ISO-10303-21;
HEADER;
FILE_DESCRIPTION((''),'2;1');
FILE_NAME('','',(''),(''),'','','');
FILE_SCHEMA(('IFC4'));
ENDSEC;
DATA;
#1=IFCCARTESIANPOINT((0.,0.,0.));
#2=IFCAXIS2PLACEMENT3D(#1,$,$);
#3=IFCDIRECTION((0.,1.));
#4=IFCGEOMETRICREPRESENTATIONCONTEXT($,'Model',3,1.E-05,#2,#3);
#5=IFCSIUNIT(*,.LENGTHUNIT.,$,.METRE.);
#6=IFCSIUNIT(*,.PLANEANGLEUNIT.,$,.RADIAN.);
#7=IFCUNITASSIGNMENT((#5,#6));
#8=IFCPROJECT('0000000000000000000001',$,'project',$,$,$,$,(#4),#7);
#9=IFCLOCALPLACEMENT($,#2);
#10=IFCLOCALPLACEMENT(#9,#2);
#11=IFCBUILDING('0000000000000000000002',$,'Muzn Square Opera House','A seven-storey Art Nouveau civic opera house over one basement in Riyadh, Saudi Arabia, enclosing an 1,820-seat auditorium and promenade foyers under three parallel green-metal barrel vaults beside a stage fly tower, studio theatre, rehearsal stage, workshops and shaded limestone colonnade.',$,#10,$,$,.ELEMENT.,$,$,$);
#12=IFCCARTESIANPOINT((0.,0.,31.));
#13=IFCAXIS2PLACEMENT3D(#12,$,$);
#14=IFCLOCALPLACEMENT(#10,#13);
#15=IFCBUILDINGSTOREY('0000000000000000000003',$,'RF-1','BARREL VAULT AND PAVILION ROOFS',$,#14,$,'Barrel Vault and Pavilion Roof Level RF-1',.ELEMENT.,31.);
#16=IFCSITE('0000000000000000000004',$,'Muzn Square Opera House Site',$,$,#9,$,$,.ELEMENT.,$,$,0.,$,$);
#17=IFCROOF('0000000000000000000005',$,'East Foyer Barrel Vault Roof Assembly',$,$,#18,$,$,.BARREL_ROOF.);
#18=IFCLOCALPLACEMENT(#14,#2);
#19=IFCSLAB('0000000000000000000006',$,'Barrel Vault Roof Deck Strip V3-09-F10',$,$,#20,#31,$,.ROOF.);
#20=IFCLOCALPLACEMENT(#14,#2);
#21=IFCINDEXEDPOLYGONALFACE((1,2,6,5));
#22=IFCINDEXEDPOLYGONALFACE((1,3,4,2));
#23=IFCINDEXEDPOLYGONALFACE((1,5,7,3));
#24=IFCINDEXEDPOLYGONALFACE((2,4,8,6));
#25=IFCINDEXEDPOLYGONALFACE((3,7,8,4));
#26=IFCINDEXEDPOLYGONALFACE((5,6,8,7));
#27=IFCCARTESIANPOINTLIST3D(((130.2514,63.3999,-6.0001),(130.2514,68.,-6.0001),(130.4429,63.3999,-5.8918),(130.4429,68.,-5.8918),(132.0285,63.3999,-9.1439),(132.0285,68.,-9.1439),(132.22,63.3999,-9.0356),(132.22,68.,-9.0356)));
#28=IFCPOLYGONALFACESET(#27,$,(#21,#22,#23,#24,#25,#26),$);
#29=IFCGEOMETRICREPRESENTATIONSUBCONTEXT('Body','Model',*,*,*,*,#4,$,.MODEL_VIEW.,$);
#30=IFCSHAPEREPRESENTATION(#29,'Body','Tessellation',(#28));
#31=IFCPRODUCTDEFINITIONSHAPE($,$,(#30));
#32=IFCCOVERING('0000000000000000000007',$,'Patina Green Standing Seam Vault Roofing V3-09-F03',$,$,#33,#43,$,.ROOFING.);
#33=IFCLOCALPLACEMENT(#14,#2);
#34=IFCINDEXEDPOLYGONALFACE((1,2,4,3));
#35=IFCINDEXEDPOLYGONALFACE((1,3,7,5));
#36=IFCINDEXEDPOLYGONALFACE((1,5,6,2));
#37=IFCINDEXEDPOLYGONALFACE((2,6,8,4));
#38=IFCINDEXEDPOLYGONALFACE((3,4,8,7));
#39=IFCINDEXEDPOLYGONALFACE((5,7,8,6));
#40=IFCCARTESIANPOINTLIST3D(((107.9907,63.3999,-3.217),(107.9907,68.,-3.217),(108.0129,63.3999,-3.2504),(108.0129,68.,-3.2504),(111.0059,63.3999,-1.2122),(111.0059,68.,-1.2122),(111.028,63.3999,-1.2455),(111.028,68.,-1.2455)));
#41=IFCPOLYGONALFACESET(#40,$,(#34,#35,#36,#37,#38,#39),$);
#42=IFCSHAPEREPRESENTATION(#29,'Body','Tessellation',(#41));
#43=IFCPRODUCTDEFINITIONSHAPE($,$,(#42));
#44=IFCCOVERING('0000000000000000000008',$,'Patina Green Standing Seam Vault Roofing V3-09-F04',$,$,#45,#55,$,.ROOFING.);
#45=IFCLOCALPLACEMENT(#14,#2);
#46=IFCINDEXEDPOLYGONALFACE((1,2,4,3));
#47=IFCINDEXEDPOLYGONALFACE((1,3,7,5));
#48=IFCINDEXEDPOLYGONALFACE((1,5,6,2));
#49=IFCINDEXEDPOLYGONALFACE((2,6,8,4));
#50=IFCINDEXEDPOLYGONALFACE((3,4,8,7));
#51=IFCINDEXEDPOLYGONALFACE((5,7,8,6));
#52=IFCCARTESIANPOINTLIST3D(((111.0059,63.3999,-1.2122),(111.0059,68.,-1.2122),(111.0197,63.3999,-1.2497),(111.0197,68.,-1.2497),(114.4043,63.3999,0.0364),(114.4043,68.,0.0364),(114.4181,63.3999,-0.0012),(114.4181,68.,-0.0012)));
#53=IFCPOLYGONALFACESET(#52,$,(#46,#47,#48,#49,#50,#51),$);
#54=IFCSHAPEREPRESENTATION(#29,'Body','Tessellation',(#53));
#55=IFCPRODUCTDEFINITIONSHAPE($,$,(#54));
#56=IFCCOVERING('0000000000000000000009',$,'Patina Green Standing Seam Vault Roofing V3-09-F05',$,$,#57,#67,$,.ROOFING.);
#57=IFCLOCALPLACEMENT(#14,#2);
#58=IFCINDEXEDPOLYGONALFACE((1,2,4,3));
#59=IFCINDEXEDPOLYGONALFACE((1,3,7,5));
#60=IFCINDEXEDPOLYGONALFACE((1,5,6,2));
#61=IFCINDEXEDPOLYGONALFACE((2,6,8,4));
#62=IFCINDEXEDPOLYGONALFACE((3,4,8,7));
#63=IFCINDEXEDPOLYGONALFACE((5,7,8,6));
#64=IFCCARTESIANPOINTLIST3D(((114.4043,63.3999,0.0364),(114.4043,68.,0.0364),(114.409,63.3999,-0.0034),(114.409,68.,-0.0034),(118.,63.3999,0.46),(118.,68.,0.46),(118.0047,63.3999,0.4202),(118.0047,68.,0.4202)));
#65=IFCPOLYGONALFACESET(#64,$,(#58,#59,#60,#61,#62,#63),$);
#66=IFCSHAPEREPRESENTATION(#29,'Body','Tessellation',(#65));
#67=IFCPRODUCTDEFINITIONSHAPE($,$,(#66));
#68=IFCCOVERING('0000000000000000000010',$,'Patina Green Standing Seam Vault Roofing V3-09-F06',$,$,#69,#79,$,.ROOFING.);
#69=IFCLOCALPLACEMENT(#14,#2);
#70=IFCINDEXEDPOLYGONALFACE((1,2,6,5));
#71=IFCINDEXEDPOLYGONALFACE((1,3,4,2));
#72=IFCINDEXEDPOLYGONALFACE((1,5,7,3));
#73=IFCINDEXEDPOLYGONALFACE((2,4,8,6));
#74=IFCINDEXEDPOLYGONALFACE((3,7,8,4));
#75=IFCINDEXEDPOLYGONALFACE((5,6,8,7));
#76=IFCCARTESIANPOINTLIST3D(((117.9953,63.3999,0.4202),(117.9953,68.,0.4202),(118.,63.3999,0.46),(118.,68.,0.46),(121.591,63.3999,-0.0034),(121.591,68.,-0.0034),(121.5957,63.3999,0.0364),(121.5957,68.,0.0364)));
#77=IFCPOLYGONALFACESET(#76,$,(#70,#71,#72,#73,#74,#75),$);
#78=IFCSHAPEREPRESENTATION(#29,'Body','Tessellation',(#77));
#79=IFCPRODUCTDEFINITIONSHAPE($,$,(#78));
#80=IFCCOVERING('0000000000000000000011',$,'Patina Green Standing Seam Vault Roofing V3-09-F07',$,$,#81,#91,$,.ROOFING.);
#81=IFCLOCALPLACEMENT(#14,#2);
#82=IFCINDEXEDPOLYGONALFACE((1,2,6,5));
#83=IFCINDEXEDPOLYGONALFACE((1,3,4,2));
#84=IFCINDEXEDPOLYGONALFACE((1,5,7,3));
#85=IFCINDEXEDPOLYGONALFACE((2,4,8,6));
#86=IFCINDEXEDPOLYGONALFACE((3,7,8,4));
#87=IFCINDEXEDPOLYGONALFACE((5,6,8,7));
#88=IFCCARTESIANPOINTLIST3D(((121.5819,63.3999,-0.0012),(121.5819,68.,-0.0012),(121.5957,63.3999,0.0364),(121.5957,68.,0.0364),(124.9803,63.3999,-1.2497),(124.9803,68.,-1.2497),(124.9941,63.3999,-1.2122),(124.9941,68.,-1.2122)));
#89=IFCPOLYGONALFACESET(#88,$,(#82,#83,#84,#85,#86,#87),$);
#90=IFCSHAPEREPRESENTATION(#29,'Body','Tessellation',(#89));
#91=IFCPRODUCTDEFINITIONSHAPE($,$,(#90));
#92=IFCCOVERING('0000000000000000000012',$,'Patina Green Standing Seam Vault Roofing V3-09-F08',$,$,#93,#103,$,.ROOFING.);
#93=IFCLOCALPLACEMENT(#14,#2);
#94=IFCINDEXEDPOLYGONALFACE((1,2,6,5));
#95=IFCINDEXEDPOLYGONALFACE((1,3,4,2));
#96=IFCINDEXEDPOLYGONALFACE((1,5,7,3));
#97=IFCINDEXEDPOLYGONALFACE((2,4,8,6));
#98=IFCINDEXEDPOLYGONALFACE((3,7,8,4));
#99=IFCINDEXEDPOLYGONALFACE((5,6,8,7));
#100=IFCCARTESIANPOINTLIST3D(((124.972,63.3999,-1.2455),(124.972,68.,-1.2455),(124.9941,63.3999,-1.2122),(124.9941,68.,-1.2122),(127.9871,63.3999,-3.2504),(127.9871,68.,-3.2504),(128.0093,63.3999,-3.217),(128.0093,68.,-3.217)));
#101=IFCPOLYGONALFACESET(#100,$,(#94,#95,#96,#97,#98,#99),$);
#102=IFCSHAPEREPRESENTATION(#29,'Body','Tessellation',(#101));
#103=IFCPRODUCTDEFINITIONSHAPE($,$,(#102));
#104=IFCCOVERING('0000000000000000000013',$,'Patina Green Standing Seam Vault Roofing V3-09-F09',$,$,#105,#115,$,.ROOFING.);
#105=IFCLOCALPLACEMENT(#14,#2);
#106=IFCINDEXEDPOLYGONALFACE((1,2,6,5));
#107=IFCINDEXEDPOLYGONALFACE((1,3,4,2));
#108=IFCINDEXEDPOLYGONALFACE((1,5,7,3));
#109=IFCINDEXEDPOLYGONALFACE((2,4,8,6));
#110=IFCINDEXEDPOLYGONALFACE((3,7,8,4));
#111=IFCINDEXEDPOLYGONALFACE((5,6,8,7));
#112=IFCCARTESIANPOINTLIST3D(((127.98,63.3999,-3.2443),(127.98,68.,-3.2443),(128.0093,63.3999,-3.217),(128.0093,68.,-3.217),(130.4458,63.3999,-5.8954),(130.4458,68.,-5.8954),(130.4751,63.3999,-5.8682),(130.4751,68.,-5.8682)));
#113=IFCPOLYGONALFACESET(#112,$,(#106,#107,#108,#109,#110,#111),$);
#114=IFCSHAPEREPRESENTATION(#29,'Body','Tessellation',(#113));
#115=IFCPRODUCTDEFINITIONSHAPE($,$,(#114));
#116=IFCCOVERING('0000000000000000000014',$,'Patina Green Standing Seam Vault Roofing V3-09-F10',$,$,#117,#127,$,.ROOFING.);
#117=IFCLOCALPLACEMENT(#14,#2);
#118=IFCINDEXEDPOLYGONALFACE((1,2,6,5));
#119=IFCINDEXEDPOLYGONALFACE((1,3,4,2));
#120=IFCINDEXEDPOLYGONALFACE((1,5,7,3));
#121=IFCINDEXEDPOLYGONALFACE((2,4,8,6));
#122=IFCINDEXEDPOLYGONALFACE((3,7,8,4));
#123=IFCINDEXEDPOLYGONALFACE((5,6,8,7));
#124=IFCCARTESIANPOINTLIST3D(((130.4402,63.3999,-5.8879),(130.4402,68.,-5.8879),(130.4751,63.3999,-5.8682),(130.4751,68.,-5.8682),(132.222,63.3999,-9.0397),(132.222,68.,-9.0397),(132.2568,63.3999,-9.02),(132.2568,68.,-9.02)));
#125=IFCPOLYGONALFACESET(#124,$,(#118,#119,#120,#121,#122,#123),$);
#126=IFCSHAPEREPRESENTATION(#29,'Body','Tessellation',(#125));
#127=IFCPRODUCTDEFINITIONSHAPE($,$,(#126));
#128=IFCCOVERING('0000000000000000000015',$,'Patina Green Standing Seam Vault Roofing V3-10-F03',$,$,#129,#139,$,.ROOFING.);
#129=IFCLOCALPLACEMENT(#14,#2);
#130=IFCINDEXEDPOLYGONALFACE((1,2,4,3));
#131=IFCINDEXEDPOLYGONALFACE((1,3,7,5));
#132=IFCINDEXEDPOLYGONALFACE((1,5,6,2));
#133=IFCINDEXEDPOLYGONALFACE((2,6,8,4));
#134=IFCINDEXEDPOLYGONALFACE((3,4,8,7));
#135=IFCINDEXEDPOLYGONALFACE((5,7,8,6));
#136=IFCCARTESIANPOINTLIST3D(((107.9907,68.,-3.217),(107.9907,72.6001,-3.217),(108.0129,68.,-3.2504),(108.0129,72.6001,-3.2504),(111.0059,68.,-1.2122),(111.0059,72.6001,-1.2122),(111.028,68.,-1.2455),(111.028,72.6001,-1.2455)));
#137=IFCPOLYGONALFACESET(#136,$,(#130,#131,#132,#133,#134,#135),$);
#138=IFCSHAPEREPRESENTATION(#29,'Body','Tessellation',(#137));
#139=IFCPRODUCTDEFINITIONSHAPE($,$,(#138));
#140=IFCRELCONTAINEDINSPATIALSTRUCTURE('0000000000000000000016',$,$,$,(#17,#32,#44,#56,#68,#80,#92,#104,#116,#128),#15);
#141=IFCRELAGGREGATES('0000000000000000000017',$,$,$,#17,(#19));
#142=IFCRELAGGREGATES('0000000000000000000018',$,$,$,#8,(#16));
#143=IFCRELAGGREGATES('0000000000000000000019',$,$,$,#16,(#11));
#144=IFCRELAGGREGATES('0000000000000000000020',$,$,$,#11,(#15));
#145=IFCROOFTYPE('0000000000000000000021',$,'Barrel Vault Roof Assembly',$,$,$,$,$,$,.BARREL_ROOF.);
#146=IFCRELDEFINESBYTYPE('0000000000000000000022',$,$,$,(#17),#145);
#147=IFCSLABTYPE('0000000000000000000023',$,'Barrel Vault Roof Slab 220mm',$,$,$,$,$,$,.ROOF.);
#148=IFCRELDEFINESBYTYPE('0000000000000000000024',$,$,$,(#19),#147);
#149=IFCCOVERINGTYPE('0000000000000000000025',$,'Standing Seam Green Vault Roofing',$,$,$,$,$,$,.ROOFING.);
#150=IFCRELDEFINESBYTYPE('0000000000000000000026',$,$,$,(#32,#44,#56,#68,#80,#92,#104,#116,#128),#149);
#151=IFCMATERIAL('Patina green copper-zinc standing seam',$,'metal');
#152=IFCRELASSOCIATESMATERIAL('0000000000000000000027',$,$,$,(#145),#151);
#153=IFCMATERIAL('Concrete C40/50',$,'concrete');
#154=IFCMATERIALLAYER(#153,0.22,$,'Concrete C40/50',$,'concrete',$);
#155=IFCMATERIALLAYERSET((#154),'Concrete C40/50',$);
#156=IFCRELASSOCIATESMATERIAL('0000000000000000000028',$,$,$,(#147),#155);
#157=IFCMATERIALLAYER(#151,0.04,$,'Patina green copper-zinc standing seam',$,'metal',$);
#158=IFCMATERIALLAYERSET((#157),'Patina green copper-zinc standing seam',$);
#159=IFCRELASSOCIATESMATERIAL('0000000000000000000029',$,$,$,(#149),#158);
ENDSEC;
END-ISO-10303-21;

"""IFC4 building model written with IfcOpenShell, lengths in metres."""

from ifc_helpers import new_model, si_unit, direction, frame, origin, place, context, subcontext, project, spatial, polyline, outline, extrude, material, layer, layer_set, type_object, element, aggregate, save


model = new_model("IFC4")

# Units and contexts
model_context = context("Model", 3, precision=1e-05, world=origin(), true_north=direction((0.0, 1.0)))
body_context = subcontext(model_context, "Body", "Model", "MODEL_VIEW")
ifc_project = project(units=[si_unit("LENGTHUNIT", "METRE"), si_unit("PLANEANGLEUNIT", "RADIAN")], contexts=[model_context])

# Site, building, storey
site_placement = place(None, origin())
site = spatial("IfcSite", under=ifc_project, at=site_placement, Name="Muzn Square Opera House Site", CompositionType="ELEMENT", RefElevation=0.0)
building_placement = place(site_placement, origin())
building = spatial("IfcBuilding", under=site, at=building_placement, Name="Muzn Square Opera House", Description="A seven-storey Art Nouveau civic opera house over one basement in Riyadh, Saudi Arabia, enclosing an 1,820-seat auditorium and promenade foyers under three parallel green-metal barrel vaults beside a stage fly tower, studio theatre, rehearsal stage, workshops and shaded limestone colonnade.", CompositionType="ELEMENT")
storey_placement = place(building_placement, frame((0.0, 0.0, 31.0)))
storey = spatial("IfcBuildingStorey", under=building, at=storey_placement, Name="RF-1", Description="BARREL VAULT AND PAVILION ROOFS", LongName="Barrel Vault and Pavilion Roof Level RF-1", CompositionType="ELEMENT", Elevation=31.0)

# Roof, slab
ifc_material_1 = material(Name="Patina green copper-zinc standing seam", Category="metal")
roof_type = type_object("IfcRoofType", Name="Barrel Vault Roof Assembly", PredefinedType="BARREL_ROOF", material=ifc_material_1)
roof_placement = place(storey_placement, origin())
roof = element("IfcRoof", 1, at=roof_placement, inside=storey, type_object=roof_type, Name="East Foyer Barrel Vault Roof Assembly", PredefinedType="BARREL_ROOF")
ifc_material_2 = material(Name="Concrete C40/50", Category="concrete")
ifc_layer_1 = layer(ifc_material_2, 0.22, Name="Concrete C40/50", Category="concrete")
ifc_layer_set_1 = layer_set([ifc_layer_1], Name="Concrete C40/50")
slab_type = type_object("IfcSlabType", Name="Barrel Vault Roof Slab 220mm", PredefinedType="ROOF", material=ifc_layer_set_1)
slab_1_placement = place(storey_placement, frame((130.4429, 63.3999, -5.8918), z_axis=(0.870543, 0.0, 0.492093), x_axis=(0.492093, 0.0, -0.870543)))
slab_1 = element("IfcSlab", 2, at=slab_1_placement, type_object=slab_type, Name="Barrel Vault Roof Deck Strip V3-09-F10", PredefinedType="ROOF", context=body_context, shape_type="SweptSolid", body=[
    extrude(outline(polyline([(0.0, 0.0), (3.6113, 0.0), (3.6113, 4.6001), (0.0, 4.6001), (0.0, 0.0)])), origin(), (0.0, 0.0, -1.0), 0.22),
])
aggregate(roof, [slab_1])

# Coverings
ifc_layer_2 = layer(ifc_material_1, 0.04, Name="Patina green copper-zinc standing seam", Category="metal")
ifc_layer_set_2 = layer_set([ifc_layer_2], Name="Patina green copper-zinc standing seam")
covering_type = type_object("IfcCoveringType", Name="Standing Seam Green Vault Roofing", PredefinedType="ROOFING", material=ifc_layer_set_2)
covering_1_placement = place(storey_placement, frame((111.0059, 63.3999, -1.2122), z_axis=(-0.553704, 0.0, 0.832714), x_axis=(0.0, 1.0, 0.0)))
element("IfcCovering", 3, at=covering_1_placement, inside=storey, type_object=covering_type, Name="Patina Green Standing Seam Vault Roofing V3-09-F03", PredefinedType="ROOFING", context=body_context, shape_type="SweptSolid", body=[
    extrude(outline(polyline([(0.0, 3.6209), (0.0, 0.0), (4.6001, 0.0), (4.6001, 3.6209), (0.0, 3.6209)])), origin(), (0.0, 0.0, -1.0), 0.04),
])
covering_2_placement = place(storey_placement, frame((114.4043, 63.3999, 0.0364), z_axis=(-0.344849, 0.0, 0.938658), x_axis=(0.0, 1.0, 0.0)))
element("IfcCovering", 4, at=covering_2_placement, inside=storey, type_object=covering_type, Name="Patina Green Standing Seam Vault Roofing V3-09-F04", PredefinedType="ROOFING", context=body_context, shape_type="SweptSolid", body=[
    extrude(outline(polyline([(0.0, 3.6205), (0.0, 0.0), (4.6001, 0.0), (4.6001, 3.6205), (0.0, 3.6205)])), origin(), (0.0, 0.0, -1.0), 0.04),
])
covering_3_placement = place(storey_placement, frame((118.0, 63.3999, 0.46), z_axis=(-0.116994, 0.0, 0.993133), x_axis=(0.0, 1.0, 0.0)))
element("IfcCovering", 5, at=covering_3_placement, inside=storey, type_object=covering_type, Name="Patina Green Standing Seam Vault Roofing V3-09-F05", PredefinedType="ROOFING", context=body_context, shape_type="SweptSolid", body=[
    extrude(outline(polyline([(0.0, 3.6206), (0.0, 0.0), (4.6001, 0.0), (4.6001, 3.6206), (0.0, 3.6206)])), origin(), (0.0, 0.0, -1.0), 0.04),
])
covering_4_placement = place(storey_placement, frame((118.0, 63.3999, 0.46), z_axis=(0.116994, 0.0, 0.993133), x_axis=(0.993133, 0.0, -0.116994)))
element("IfcCovering", 6, at=covering_4_placement, inside=storey, type_object=covering_type, Name="Patina Green Standing Seam Vault Roofing V3-09-F06", PredefinedType="ROOFING", context=body_context, shape_type="SweptSolid", body=[
    extrude(outline(polyline([(0.0, 0.0), (3.6206, 0.0), (3.6206, 4.6001), (0.0, 4.6001), (0.0, 0.0)])), origin(), (0.0, 0.0, -1.0), 0.04),
])
covering_5_placement = place(storey_placement, frame((121.5957, 63.3999, 0.0364), z_axis=(0.344849, 0.0, 0.938658), x_axis=(0.938658, 0.0, -0.344849)))
element("IfcCovering", 7, at=covering_5_placement, inside=storey, type_object=covering_type, Name="Patina Green Standing Seam Vault Roofing V3-09-F07", PredefinedType="ROOFING", context=body_context, shape_type="SweptSolid", body=[
    extrude(outline(polyline([(0.0, 0.0), (3.6205, 0.0), (3.6205, 4.6001), (0.0, 4.6001), (0.0, 0.0)])), origin(), (0.0, 0.0, -1.0), 0.04),
])
covering_6_placement = place(storey_placement, frame((124.9941, 63.3999, -1.2122), z_axis=(0.553704, 0.0, 0.832714), x_axis=(0.832714, 0.0, -0.553704)))
element("IfcCovering", 8, at=covering_6_placement, inside=storey, type_object=covering_type, Name="Patina Green Standing Seam Vault Roofing V3-09-F08", PredefinedType="ROOFING", context=body_context, shape_type="SweptSolid", body=[
    extrude(outline(polyline([(0.0, 0.0), (3.6209, 0.0), (3.6209, 4.6001), (0.0, 4.6001), (0.0, 0.0)])), origin(), (0.0, 0.0, -1.0), 0.04),
])
covering_7_placement = place(storey_placement, frame((128.0093, 63.3999, -3.217), z_axis=(0.732234, 0.0, 0.681053), x_axis=(0.681053, 0.0, -0.732234)))
element("IfcCovering", 9, at=covering_7_placement, inside=storey, type_object=covering_type, Name="Patina Green Standing Seam Vault Roofing V3-09-F09", PredefinedType="ROOFING", context=body_context, shape_type="SweptSolid", body=[
    extrude(outline(polyline([(0.0, 0.0), (3.6206, 0.0), (3.6206, 4.6001), (0.0, 4.6001), (0.0, 0.0)])), origin(), (0.0, 0.0, -1.0), 0.04),
])
covering_8_placement = place(storey_placement, frame((130.4751, 63.3999, -5.8682), z_axis=(0.870533, 0.0, 0.492111), x_axis=(0.492111, 0.0, -0.870533)))
element("IfcCovering", 10, at=covering_8_placement, inside=storey, type_object=covering_type, Name="Patina Green Standing Seam Vault Roofing V3-09-F10", PredefinedType="ROOFING", context=body_context, shape_type="SweptSolid", body=[
    extrude(outline(polyline([(0.0, 0.0), (3.6206, 0.0), (3.6206, 4.6001), (0.0, 4.6001), (0.0, 0.0)])), origin(), (0.0, 0.0, -1.0), 0.04),
])
covering_9_placement = place(storey_placement, frame((111.0059, 68.0, -1.2122), z_axis=(-0.553704, 0.0, 0.832714), x_axis=(0.0, 1.0, 0.0)))
element("IfcCovering", 11, at=covering_9_placement, inside=storey, type_object=covering_type, Name="Patina Green Standing Seam Vault Roofing V3-10-F03", PredefinedType="ROOFING", context=body_context, shape_type="SweptSolid", body=[
    extrude(outline(polyline([(0.0, 3.6209), (0.0, 0.0), (4.6001, 0.0), (4.6001, 3.6209), (0.0, 3.6209)])), origin(), (0.0, 0.0, -1.0), 0.04),
])

save(model, "model.ifc")
